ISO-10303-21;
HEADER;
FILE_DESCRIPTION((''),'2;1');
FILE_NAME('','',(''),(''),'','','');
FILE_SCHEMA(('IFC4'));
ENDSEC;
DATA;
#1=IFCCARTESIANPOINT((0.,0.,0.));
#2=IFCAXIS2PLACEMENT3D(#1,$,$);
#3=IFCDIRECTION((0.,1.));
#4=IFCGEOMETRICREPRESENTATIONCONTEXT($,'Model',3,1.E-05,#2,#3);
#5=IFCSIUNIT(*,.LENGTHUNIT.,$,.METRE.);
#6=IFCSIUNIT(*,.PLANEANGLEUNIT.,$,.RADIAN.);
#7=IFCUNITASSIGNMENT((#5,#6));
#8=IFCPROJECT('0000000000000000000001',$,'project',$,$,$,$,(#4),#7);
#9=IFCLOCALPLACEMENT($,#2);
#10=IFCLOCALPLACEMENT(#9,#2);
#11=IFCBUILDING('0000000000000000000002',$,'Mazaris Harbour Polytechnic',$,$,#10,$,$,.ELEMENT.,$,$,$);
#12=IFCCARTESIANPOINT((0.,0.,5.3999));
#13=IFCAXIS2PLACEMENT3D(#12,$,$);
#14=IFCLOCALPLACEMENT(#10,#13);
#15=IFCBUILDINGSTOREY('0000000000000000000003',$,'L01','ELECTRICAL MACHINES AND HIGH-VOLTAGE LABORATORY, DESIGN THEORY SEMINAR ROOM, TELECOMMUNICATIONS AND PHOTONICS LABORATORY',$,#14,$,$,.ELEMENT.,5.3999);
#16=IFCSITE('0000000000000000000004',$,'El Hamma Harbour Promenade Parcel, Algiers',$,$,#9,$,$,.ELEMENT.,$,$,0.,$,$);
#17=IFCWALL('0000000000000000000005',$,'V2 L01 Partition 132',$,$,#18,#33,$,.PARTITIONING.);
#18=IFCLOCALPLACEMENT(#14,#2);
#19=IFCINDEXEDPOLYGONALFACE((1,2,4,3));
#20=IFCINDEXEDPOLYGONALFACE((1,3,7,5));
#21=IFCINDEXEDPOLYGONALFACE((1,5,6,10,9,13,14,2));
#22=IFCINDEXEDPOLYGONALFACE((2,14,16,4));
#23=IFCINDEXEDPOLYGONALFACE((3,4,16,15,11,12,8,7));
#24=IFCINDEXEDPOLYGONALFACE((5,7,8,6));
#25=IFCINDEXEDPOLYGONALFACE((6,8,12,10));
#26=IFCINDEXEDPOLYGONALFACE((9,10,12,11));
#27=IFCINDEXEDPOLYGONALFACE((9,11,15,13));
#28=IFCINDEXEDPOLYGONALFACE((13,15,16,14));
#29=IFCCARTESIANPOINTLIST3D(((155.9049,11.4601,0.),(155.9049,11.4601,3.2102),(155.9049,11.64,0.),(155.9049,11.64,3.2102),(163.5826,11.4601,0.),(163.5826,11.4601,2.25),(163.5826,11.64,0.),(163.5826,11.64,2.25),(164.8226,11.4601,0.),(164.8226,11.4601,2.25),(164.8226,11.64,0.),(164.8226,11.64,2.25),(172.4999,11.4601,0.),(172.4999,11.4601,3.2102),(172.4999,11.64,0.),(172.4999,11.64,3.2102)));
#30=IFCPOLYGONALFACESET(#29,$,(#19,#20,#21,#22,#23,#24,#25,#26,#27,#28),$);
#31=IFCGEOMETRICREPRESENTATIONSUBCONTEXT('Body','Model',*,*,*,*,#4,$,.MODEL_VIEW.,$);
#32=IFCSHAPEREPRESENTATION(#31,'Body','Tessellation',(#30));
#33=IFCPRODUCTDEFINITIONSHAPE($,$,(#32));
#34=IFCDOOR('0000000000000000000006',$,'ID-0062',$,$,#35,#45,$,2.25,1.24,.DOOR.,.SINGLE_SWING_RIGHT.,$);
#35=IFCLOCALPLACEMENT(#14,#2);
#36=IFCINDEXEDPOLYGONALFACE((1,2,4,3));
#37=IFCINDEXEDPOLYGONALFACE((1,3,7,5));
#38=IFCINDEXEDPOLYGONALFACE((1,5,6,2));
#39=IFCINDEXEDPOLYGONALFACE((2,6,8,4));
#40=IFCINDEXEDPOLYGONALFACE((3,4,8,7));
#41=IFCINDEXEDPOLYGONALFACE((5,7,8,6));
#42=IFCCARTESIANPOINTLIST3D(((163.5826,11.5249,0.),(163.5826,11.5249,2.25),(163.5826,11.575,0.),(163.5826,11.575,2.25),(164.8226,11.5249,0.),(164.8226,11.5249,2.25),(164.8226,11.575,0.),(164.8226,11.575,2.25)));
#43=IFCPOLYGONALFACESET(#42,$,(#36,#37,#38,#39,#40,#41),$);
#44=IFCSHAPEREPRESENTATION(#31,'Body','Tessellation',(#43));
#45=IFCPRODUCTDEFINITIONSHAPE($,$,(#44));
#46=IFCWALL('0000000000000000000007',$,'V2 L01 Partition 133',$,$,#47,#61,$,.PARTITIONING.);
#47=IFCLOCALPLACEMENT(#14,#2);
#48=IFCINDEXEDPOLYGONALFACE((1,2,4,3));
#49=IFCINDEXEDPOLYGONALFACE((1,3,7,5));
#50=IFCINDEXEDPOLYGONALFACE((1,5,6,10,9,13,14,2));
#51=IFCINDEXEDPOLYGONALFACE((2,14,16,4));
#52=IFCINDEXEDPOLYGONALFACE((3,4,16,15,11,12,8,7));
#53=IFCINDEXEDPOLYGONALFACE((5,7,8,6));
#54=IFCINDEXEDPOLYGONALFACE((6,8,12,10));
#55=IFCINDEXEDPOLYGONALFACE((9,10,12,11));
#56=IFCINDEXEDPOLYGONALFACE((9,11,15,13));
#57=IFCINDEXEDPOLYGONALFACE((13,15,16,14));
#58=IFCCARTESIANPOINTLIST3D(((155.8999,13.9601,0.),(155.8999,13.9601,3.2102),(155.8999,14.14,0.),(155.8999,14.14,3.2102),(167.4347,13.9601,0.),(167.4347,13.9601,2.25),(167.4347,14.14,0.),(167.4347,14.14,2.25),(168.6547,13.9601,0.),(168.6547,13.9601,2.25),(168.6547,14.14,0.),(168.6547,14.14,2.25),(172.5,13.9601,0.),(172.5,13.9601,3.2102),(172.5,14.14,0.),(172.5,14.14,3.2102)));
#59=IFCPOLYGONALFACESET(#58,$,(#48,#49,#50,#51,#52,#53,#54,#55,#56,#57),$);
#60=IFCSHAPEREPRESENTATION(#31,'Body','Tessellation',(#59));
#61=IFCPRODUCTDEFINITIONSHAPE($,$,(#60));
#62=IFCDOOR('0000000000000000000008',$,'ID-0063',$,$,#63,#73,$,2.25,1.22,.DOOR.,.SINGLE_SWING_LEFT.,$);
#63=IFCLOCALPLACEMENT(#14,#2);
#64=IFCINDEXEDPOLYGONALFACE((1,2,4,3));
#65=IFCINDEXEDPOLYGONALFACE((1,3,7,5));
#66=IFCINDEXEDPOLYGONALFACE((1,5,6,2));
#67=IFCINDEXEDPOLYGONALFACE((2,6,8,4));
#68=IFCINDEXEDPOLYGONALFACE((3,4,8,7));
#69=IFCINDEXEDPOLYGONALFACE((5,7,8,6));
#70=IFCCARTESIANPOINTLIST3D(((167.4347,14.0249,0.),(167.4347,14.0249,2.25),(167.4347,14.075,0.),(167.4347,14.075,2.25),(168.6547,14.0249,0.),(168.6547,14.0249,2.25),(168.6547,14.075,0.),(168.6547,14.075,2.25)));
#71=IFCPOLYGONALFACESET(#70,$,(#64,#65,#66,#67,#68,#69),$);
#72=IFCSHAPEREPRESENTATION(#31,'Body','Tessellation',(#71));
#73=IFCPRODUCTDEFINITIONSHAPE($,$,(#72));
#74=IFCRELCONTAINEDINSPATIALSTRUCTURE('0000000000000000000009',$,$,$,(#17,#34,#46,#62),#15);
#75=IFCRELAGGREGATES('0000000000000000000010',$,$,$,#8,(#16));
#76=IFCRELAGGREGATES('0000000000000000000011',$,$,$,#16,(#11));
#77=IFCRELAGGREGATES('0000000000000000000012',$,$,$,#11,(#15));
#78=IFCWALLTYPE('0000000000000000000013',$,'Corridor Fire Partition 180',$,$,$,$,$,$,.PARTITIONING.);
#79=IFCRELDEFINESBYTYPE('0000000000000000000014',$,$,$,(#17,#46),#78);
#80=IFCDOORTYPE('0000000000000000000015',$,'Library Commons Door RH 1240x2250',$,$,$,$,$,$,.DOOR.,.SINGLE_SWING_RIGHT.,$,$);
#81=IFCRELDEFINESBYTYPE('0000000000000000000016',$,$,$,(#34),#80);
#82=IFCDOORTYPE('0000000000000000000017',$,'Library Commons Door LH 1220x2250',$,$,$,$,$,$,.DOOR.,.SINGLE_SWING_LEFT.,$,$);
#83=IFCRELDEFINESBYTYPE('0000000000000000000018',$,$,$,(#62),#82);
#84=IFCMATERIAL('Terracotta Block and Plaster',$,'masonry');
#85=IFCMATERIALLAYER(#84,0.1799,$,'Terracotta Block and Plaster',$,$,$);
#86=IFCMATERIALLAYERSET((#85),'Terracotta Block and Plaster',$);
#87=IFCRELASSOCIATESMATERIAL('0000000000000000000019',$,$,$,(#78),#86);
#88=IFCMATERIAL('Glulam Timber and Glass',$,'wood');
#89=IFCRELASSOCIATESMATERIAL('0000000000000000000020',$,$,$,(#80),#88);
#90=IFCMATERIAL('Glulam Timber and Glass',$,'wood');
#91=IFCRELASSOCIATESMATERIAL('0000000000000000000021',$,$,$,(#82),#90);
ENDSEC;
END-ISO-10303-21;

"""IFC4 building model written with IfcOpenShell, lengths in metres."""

from ifc_helpers import new_model, si_unit, direction, frame, frame_2d, origin, place, context, subcontext, project, spatial, rectangle, extrude, material, layer, layer_set, type_object, element, fill, save


model = new_model("IFC4")

# Units and contexts
model_context = context("Model", 3, precision=1e-05, world=origin(), true_north=direction((0.0, 1.0)))
body_context = subcontext(model_context, "Body", "Model", "MODEL_VIEW")
ifc_project = project(units=[si_unit("LENGTHUNIT", "METRE"), si_unit("PLANEANGLEUNIT", "RADIAN")], contexts=[model_context])

# Site, building, storey
site_placement = place(None, origin())
site = spatial("IfcSite", under=ifc_project, at=site_placement, Name="El Hamma Harbour Promenade Parcel, Algiers", CompositionType="ELEMENT", RefElevation=0.0)
building_placement = place(site_placement, origin())
building = spatial("IfcBuilding", under=site, at=building_placement, Name="Mazaris Harbour Polytechnic", CompositionType="ELEMENT")
storey_placement = place(building_placement, frame((0.0, 0.0, 5.3999)))
storey = spatial("IfcBuildingStorey", under=building, at=storey_placement, Name="L01", Description="ELECTRICAL MACHINES AND HIGH-VOLTAGE LABORATORY, DESIGN THEORY SEMINAR ROOM, TELECOMMUNICATIONS AND PHOTONICS LABORATORY", CompositionType="ELEMENT", Elevation=5.3999)

# Walls, openings, doors
ifc_material_1 = material(Name="Terracotta Block and Plaster", Category="masonry")
ifc_layer_1 = layer(ifc_material_1, 0.1799, Name="Terracotta Block and Plaster")
ifc_layer_set_1 = layer_set([ifc_layer_1], Name="Terracotta Block and Plaster")
wall_type_1 = type_object("IfcWallType", Name="Corridor Fire Partition 180", PredefinedType="PARTITIONING", material=ifc_layer_set_1)
wall_1_placement = place(storey_placement, frame((155.905, 11.55, 0.0), z_axis=(0.0, 0.0, 1.0), x_axis=(1.0, 0.0, 0.0)))
wall_1 = element("IfcWall", 1, at=wall_1_placement, inside=storey, type_object=wall_type_1, Name="V2 L01 Partition 132", PredefinedType="PARTITIONING", context=body_context, shape_type="SweptSolid", body=[
    extrude(rectangle(XDim=16.595, YDim=0.1799, at=frame_2d((8.2974, 0.0))), origin(), (0.0, 0.0, 1.0), 3.2102),
])
opening_1_placement = place(wall_1_placement, frame((7.6775, 0.0, 0.0)))
opening_1 = element("IfcOpeningElement", 2, at=opening_1_placement, cuts=wall_1, PredefinedType="OPENING", context=body_context, shape_type="SweptSolid", body=[
    extrude(rectangle(XDim=1.24, YDim=2.25, at=frame_2d((0.6201, 1.125))), frame((0.0, 0.0999, 0.0), z_axis=(0.0, -1.0, 0.0), x_axis=(1.0, 0.0, 0.0)), (0.0, 0.0, 1.0), 0.2),
])
ifc_material_2 = material(Name="Glulam Timber and Glass", Category="wood")
door_type_1 = type_object("IfcDoorType", Name="Library Commons Door RH 1240x2250", OperationType="SINGLE_SWING_RIGHT", PredefinedType="DOOR", material=ifc_material_2)
door_1_placement = place(opening_1_placement, origin())
door_1 = element("IfcDoor", 3, at=door_1_placement, inside=storey, type_object=door_type_1, Name="ID-0062", OperationType="SINGLE_SWING_RIGHT", OverallHeight=2.25, OverallWidth=1.24, PredefinedType="DOOR", context=body_context, shape_type="SweptSolid", body=[
    extrude(rectangle(XDim=1.24, YDim=2.25, at=frame_2d((0.6201, 1.125))), frame((0.0, 0.0249, 0.0), z_axis=(0.0, -1.0, 0.0), x_axis=(1.0, 0.0, 0.0)), (0.0, 0.0, 1.0), 0.05),
])
fill(opening_1, door_1)
wall_2_placement = place(storey_placement, frame((155.8999, 14.05, 0.0), z_axis=(0.0, 0.0, 1.0), x_axis=(1.0, 0.0, 0.0)))
wall_2 = element("IfcWall", 4, at=wall_2_placement, inside=storey, type_object=wall_type_1, Name="V2 L01 Partition 133", PredefinedType="PARTITIONING", context=body_context, shape_type="SweptSolid", body=[
    extrude(rectangle(XDim=16.6001, YDim=0.1799, at=frame_2d((8.3, 0.0))), origin(), (0.0, 0.0, 1.0), 3.2102),
])
opening_2_placement = place(wall_2_placement, frame((11.5349, 0.0, 0.0)))
opening_2 = element("IfcOpeningElement", 5, at=opening_2_placement, cuts=wall_2, PredefinedType="OPENING", context=body_context, shape_type="SweptSolid", body=[
    extrude(rectangle(XDim=1.22, YDim=2.25, at=frame_2d((0.6099, 1.125))), frame((0.0, 0.0999, 0.0), z_axis=(0.0, -1.0, 0.0), x_axis=(1.0, 0.0, 0.0)), (0.0, 0.0, 1.0), 0.2),
])
ifc_material_3 = material(Name="Glulam Timber and Glass", Category="wood")
door_type_2 = type_object("IfcDoorType", Name="Library Commons Door LH 1220x2250", OperationType="SINGLE_SWING_LEFT", PredefinedType="DOOR", material=ifc_material_3)
door_2_placement = place(opening_2_placement, origin())
door_2 = element("IfcDoor", 6, at=door_2_placement, inside=storey, type_object=door_type_2, Name="ID-0063", OperationType="SINGLE_SWING_LEFT", OverallHeight=2.25, OverallWidth=1.22, PredefinedType="DOOR", context=body_context, shape_type="SweptSolid", body=[
    extrude(rectangle(XDim=1.22, YDim=2.25, at=frame_2d((0.6099, 1.125))), frame((0.0, 0.0249, 0.0), z_axis=(0.0, -1.0, 0.0), x_axis=(1.0, 0.0, 0.0)), (0.0, 0.0, 1.0), 0.05),
])
fill(opening_2, door_2)

save(model, "model.ifc")
